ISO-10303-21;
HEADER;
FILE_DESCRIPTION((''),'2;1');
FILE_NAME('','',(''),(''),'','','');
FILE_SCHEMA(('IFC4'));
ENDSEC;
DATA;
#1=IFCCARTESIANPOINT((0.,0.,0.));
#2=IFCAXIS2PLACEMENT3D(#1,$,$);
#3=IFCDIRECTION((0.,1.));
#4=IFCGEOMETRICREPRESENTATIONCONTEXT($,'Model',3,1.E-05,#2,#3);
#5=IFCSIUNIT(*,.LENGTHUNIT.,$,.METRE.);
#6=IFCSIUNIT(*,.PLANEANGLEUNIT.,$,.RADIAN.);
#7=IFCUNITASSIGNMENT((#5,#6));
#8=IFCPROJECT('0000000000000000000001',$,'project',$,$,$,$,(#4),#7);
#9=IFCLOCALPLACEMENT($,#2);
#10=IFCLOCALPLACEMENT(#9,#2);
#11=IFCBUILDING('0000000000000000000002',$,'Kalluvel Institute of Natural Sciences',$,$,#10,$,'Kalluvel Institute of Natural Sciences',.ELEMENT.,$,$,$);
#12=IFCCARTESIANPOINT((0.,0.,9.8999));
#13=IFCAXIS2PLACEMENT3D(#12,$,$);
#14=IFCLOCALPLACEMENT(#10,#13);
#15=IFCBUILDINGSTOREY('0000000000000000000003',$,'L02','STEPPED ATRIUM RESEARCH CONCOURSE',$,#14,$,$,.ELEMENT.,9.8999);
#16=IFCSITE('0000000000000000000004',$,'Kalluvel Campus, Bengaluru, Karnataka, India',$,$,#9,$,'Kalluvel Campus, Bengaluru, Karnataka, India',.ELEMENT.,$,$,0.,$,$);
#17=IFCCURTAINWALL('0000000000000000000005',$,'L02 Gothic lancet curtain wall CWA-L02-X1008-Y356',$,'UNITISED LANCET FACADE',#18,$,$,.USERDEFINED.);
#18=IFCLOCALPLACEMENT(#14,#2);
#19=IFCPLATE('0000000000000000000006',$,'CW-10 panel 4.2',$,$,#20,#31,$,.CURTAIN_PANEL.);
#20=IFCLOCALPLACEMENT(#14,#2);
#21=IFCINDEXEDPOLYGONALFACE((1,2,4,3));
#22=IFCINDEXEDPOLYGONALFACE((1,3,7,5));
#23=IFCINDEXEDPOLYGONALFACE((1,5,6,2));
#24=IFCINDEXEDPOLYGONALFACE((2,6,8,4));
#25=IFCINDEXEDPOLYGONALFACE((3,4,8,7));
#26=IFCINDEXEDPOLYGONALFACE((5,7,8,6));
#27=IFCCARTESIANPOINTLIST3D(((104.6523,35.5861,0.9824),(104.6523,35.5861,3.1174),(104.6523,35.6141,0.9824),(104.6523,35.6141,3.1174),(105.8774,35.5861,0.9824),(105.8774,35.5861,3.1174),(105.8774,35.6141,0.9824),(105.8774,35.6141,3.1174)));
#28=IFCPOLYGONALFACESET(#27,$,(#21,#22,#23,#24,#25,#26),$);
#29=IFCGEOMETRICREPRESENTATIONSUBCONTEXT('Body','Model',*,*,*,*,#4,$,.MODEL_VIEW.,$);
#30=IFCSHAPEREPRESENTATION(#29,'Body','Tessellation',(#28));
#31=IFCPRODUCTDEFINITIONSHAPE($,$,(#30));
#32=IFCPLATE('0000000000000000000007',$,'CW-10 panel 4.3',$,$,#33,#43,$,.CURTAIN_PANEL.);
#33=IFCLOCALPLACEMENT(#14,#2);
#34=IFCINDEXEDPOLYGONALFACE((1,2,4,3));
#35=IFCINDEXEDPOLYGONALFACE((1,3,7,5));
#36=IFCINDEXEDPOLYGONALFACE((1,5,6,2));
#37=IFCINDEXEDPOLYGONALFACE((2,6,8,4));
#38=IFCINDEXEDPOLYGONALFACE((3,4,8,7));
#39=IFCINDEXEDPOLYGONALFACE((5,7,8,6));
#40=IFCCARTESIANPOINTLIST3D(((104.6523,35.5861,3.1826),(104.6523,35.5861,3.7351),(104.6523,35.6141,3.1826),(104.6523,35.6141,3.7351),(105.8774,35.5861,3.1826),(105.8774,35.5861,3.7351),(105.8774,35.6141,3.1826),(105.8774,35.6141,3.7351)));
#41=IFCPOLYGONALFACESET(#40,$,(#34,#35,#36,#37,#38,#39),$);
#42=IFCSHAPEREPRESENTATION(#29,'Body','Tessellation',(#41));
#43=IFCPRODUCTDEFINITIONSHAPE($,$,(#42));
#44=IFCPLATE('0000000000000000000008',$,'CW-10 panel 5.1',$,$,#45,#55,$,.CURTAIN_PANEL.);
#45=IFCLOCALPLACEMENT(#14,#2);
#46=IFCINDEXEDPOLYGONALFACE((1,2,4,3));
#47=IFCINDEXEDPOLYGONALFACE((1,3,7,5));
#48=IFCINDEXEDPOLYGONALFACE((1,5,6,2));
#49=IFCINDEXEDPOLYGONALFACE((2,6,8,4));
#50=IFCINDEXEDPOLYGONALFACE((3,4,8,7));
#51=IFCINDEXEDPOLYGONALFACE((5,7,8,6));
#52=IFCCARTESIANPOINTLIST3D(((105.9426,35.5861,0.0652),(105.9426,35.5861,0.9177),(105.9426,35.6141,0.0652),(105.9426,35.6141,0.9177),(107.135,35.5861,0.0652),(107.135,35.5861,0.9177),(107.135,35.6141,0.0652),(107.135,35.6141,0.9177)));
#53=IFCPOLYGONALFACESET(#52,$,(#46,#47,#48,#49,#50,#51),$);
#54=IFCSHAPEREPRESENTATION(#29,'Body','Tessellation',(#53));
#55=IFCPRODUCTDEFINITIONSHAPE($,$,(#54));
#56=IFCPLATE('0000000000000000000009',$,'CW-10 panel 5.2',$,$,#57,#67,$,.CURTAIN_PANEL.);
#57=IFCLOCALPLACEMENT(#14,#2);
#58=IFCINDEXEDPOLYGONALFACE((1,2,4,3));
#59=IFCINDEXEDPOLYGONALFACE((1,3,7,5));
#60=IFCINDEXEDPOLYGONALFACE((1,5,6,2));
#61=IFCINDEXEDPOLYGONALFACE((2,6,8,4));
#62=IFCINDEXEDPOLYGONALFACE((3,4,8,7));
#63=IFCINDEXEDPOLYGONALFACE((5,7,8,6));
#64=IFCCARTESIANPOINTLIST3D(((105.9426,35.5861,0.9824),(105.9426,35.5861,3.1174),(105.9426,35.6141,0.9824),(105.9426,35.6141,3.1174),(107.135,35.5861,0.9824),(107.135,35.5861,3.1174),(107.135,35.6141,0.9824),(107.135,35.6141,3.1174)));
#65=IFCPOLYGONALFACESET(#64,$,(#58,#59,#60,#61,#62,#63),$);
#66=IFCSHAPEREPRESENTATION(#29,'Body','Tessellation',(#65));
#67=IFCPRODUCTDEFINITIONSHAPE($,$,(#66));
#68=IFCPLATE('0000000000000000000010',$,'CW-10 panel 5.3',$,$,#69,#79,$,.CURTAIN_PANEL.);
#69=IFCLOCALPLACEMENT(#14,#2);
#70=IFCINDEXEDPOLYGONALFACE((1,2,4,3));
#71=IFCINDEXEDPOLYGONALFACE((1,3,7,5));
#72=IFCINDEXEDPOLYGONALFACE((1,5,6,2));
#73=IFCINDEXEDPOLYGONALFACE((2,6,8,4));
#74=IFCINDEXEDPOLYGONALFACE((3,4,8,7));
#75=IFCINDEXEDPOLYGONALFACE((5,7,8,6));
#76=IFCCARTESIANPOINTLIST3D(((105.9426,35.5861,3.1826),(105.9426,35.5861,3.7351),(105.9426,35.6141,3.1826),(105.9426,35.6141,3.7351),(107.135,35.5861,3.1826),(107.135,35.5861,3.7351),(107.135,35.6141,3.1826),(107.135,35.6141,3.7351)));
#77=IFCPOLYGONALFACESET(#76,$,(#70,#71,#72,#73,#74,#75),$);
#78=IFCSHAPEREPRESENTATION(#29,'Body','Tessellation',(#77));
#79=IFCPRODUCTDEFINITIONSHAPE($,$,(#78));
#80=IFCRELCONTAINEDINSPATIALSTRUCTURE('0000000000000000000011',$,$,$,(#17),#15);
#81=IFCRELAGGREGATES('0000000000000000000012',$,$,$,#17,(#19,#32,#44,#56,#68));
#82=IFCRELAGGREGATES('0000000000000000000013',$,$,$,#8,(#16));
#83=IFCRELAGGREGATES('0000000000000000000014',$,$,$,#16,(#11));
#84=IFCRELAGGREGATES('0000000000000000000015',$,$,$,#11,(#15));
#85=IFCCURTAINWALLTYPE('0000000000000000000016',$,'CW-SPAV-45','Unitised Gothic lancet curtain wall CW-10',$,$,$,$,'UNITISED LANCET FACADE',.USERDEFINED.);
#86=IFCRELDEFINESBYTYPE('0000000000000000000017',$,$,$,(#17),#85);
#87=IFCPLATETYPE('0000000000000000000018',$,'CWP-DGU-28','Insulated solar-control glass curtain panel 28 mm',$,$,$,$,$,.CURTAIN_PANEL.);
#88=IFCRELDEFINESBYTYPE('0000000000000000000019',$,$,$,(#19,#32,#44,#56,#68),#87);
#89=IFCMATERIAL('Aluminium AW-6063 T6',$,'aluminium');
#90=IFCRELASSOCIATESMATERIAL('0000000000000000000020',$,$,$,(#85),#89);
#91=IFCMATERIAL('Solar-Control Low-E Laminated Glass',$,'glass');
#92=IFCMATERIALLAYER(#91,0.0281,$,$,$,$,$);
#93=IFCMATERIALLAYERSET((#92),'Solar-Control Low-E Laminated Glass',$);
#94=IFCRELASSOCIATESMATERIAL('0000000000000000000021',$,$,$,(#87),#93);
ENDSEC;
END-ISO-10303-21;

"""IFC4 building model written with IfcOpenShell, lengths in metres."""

from ifc_helpers import new_model, si_unit, direction, frame, origin, origin_2d, place, context, subcontext, project, spatial, rectangle, extrude, material, layer, layer_set, type_object, element, aggregate, save


model = new_model("IFC4")

# Units and contexts
model_context = context("Model", 3, precision=1e-05, world=origin(), true_north=direction((0.0, 1.0)))
body_context = subcontext(model_context, "Body", "Model", "MODEL_VIEW")
ifc_project = project(units=[si_unit("LENGTHUNIT", "METRE"), si_unit("PLANEANGLEUNIT", "RADIAN")], contexts=[model_context])

# Site, building, storey
site_placement = place(None, origin())
site = spatial("IfcSite", under=ifc_project, at=site_placement, Name="Kalluvel Campus, Bengaluru, Karnataka, India", LongName="Kalluvel Campus, Bengaluru, Karnataka, India", CompositionType="ELEMENT", RefElevation=0.0)
building_placement = place(site_placement, origin())
building = spatial("IfcBuilding", under=site, at=building_placement, Name="Kalluvel Institute of Natural Sciences", LongName="Kalluvel Institute of Natural Sciences", CompositionType="ELEMENT")
storey_placement = place(building_placement, frame((0.0, 0.0, 9.8999)))
storey = spatial("IfcBuildingStorey", under=building, at=storey_placement, Name="L02", Description="STEPPED ATRIUM RESEARCH CONCOURSE", CompositionType="ELEMENT", Elevation=9.8999)

# Curtain wall
ifc_material_1 = material(Name="Aluminium AW-6063 T6", Category="aluminium")
curtain_wall_type = type_object("IfcCurtainWallType", Name="CW-SPAV-45", Description="Unitised Gothic lancet curtain wall CW-10", ElementType="UNITISED LANCET FACADE", PredefinedType="USERDEFINED", material=ifc_material_1)
curtain_wall_1_placement = place(storey_placement, origin())
curtain_wall_1 = element("IfcCurtainWall", 1, at=curtain_wall_1_placement, inside=storey, type_object=curtain_wall_type, Name="L02 Gothic lancet curtain wall CWA-L02-X1008-Y356", ObjectType="UNITISED LANCET FACADE", PredefinedType="USERDEFINED")

# Plates
ifc_material_2 = material(Name="Solar-Control Low-E Laminated Glass", Category="glass")
ifc_layer = layer(ifc_material_2, 0.0281)
ifc_layer_set = layer_set([ifc_layer], Name="Solar-Control Low-E Laminated Glass")
plate_type = type_object("IfcPlateType", Name="CWP-DGU-28", Description="Insulated solar-control glass curtain panel 28 mm", PredefinedType="CURTAIN_PANEL", material=ifc_layer_set)
plate_1_placement = place(storey_placement, frame((105.2649, 35.6001, 0.9824), z_axis=(0.0, 0.0, 1.0), x_axis=(1.0, 0.0, 0.0)))
plate_1 = element("IfcPlate", 2, at=plate_1_placement, type_object=plate_type, Name="CW-10 panel 4.2", PredefinedType="CURTAIN_PANEL", context=body_context, shape_type="SweptSolid", body=[
    extrude(rectangle(XDim=1.2251, YDim=0.0281, at=origin_2d()), origin(), (0.0, 0.0, 1.0), 2.135),
])
plate_2_placement = place(storey_placement, frame((105.2649, 35.6001, 3.1826), z_axis=(0.0, 0.0, 1.0), x_axis=(1.0, 0.0, 0.0)))
plate_2 = element("IfcPlate", 3, at=plate_2_placement, type_object=plate_type, Name="CW-10 panel 4.3", PredefinedType="CURTAIN_PANEL", context=body_context, shape_type="SweptSolid", body=[
    extrude(rectangle(XDim=1.2251, YDim=0.0281, at=origin_2d()), origin(), (0.0, 0.0, 1.0), 0.5525),
])
plate_3_placement = place(storey_placement, frame((106.5388, 35.6001, 0.0652), z_axis=(0.0, 0.0, 1.0), x_axis=(1.0, 0.0, 0.0)))
plate_3 = element("IfcPlate", 4, at=plate_3_placement, type_object=plate_type, Name="CW-10 panel 5.1", PredefinedType="CURTAIN_PANEL", context=body_context, shape_type="SweptSolid", body=[
    extrude(rectangle(XDim=1.1924, YDim=0.0281, at=origin_2d()), origin(), (0.0, 0.0, 1.0), 0.8525),
])
plate_4_placement = place(storey_placement, frame((106.5388, 35.6001, 0.9824), z_axis=(0.0, 0.0, 1.0), x_axis=(1.0, 0.0, 0.0)))
plate_4 = element("IfcPlate", 5, at=plate_4_placement, type_object=plate_type, Name="CW-10 panel 5.2", PredefinedType="CURTAIN_PANEL", context=body_context, shape_type="SweptSolid", body=[
    extrude(rectangle(XDim=1.1924, YDim=0.0281, at=origin_2d()), origin(), (0.0, 0.0, 1.0), 2.135),
])
plate_5_placement = place(storey_placement, frame((106.5388, 35.6001, 3.1826), z_axis=(0.0, 0.0, 1.0), x_axis=(1.0, 0.0, 0.0)))
plate_5 = element("IfcPlate", 6, at=plate_5_placement, type_object=plate_type, Name="CW-10 panel 5.3", PredefinedType="CURTAIN_PANEL", context=body_context, shape_type="SweptSolid", body=[
    extrude(rectangle(XDim=1.1924, YDim=0.0281, at=origin_2d()), origin(), (0.0, 0.0, 1.0), 0.5525),
])
aggregate(curtain_wall_1, [plate_1, plate_2, plate_3, plate_4, plate_5])

save(model, "model.ifc")
